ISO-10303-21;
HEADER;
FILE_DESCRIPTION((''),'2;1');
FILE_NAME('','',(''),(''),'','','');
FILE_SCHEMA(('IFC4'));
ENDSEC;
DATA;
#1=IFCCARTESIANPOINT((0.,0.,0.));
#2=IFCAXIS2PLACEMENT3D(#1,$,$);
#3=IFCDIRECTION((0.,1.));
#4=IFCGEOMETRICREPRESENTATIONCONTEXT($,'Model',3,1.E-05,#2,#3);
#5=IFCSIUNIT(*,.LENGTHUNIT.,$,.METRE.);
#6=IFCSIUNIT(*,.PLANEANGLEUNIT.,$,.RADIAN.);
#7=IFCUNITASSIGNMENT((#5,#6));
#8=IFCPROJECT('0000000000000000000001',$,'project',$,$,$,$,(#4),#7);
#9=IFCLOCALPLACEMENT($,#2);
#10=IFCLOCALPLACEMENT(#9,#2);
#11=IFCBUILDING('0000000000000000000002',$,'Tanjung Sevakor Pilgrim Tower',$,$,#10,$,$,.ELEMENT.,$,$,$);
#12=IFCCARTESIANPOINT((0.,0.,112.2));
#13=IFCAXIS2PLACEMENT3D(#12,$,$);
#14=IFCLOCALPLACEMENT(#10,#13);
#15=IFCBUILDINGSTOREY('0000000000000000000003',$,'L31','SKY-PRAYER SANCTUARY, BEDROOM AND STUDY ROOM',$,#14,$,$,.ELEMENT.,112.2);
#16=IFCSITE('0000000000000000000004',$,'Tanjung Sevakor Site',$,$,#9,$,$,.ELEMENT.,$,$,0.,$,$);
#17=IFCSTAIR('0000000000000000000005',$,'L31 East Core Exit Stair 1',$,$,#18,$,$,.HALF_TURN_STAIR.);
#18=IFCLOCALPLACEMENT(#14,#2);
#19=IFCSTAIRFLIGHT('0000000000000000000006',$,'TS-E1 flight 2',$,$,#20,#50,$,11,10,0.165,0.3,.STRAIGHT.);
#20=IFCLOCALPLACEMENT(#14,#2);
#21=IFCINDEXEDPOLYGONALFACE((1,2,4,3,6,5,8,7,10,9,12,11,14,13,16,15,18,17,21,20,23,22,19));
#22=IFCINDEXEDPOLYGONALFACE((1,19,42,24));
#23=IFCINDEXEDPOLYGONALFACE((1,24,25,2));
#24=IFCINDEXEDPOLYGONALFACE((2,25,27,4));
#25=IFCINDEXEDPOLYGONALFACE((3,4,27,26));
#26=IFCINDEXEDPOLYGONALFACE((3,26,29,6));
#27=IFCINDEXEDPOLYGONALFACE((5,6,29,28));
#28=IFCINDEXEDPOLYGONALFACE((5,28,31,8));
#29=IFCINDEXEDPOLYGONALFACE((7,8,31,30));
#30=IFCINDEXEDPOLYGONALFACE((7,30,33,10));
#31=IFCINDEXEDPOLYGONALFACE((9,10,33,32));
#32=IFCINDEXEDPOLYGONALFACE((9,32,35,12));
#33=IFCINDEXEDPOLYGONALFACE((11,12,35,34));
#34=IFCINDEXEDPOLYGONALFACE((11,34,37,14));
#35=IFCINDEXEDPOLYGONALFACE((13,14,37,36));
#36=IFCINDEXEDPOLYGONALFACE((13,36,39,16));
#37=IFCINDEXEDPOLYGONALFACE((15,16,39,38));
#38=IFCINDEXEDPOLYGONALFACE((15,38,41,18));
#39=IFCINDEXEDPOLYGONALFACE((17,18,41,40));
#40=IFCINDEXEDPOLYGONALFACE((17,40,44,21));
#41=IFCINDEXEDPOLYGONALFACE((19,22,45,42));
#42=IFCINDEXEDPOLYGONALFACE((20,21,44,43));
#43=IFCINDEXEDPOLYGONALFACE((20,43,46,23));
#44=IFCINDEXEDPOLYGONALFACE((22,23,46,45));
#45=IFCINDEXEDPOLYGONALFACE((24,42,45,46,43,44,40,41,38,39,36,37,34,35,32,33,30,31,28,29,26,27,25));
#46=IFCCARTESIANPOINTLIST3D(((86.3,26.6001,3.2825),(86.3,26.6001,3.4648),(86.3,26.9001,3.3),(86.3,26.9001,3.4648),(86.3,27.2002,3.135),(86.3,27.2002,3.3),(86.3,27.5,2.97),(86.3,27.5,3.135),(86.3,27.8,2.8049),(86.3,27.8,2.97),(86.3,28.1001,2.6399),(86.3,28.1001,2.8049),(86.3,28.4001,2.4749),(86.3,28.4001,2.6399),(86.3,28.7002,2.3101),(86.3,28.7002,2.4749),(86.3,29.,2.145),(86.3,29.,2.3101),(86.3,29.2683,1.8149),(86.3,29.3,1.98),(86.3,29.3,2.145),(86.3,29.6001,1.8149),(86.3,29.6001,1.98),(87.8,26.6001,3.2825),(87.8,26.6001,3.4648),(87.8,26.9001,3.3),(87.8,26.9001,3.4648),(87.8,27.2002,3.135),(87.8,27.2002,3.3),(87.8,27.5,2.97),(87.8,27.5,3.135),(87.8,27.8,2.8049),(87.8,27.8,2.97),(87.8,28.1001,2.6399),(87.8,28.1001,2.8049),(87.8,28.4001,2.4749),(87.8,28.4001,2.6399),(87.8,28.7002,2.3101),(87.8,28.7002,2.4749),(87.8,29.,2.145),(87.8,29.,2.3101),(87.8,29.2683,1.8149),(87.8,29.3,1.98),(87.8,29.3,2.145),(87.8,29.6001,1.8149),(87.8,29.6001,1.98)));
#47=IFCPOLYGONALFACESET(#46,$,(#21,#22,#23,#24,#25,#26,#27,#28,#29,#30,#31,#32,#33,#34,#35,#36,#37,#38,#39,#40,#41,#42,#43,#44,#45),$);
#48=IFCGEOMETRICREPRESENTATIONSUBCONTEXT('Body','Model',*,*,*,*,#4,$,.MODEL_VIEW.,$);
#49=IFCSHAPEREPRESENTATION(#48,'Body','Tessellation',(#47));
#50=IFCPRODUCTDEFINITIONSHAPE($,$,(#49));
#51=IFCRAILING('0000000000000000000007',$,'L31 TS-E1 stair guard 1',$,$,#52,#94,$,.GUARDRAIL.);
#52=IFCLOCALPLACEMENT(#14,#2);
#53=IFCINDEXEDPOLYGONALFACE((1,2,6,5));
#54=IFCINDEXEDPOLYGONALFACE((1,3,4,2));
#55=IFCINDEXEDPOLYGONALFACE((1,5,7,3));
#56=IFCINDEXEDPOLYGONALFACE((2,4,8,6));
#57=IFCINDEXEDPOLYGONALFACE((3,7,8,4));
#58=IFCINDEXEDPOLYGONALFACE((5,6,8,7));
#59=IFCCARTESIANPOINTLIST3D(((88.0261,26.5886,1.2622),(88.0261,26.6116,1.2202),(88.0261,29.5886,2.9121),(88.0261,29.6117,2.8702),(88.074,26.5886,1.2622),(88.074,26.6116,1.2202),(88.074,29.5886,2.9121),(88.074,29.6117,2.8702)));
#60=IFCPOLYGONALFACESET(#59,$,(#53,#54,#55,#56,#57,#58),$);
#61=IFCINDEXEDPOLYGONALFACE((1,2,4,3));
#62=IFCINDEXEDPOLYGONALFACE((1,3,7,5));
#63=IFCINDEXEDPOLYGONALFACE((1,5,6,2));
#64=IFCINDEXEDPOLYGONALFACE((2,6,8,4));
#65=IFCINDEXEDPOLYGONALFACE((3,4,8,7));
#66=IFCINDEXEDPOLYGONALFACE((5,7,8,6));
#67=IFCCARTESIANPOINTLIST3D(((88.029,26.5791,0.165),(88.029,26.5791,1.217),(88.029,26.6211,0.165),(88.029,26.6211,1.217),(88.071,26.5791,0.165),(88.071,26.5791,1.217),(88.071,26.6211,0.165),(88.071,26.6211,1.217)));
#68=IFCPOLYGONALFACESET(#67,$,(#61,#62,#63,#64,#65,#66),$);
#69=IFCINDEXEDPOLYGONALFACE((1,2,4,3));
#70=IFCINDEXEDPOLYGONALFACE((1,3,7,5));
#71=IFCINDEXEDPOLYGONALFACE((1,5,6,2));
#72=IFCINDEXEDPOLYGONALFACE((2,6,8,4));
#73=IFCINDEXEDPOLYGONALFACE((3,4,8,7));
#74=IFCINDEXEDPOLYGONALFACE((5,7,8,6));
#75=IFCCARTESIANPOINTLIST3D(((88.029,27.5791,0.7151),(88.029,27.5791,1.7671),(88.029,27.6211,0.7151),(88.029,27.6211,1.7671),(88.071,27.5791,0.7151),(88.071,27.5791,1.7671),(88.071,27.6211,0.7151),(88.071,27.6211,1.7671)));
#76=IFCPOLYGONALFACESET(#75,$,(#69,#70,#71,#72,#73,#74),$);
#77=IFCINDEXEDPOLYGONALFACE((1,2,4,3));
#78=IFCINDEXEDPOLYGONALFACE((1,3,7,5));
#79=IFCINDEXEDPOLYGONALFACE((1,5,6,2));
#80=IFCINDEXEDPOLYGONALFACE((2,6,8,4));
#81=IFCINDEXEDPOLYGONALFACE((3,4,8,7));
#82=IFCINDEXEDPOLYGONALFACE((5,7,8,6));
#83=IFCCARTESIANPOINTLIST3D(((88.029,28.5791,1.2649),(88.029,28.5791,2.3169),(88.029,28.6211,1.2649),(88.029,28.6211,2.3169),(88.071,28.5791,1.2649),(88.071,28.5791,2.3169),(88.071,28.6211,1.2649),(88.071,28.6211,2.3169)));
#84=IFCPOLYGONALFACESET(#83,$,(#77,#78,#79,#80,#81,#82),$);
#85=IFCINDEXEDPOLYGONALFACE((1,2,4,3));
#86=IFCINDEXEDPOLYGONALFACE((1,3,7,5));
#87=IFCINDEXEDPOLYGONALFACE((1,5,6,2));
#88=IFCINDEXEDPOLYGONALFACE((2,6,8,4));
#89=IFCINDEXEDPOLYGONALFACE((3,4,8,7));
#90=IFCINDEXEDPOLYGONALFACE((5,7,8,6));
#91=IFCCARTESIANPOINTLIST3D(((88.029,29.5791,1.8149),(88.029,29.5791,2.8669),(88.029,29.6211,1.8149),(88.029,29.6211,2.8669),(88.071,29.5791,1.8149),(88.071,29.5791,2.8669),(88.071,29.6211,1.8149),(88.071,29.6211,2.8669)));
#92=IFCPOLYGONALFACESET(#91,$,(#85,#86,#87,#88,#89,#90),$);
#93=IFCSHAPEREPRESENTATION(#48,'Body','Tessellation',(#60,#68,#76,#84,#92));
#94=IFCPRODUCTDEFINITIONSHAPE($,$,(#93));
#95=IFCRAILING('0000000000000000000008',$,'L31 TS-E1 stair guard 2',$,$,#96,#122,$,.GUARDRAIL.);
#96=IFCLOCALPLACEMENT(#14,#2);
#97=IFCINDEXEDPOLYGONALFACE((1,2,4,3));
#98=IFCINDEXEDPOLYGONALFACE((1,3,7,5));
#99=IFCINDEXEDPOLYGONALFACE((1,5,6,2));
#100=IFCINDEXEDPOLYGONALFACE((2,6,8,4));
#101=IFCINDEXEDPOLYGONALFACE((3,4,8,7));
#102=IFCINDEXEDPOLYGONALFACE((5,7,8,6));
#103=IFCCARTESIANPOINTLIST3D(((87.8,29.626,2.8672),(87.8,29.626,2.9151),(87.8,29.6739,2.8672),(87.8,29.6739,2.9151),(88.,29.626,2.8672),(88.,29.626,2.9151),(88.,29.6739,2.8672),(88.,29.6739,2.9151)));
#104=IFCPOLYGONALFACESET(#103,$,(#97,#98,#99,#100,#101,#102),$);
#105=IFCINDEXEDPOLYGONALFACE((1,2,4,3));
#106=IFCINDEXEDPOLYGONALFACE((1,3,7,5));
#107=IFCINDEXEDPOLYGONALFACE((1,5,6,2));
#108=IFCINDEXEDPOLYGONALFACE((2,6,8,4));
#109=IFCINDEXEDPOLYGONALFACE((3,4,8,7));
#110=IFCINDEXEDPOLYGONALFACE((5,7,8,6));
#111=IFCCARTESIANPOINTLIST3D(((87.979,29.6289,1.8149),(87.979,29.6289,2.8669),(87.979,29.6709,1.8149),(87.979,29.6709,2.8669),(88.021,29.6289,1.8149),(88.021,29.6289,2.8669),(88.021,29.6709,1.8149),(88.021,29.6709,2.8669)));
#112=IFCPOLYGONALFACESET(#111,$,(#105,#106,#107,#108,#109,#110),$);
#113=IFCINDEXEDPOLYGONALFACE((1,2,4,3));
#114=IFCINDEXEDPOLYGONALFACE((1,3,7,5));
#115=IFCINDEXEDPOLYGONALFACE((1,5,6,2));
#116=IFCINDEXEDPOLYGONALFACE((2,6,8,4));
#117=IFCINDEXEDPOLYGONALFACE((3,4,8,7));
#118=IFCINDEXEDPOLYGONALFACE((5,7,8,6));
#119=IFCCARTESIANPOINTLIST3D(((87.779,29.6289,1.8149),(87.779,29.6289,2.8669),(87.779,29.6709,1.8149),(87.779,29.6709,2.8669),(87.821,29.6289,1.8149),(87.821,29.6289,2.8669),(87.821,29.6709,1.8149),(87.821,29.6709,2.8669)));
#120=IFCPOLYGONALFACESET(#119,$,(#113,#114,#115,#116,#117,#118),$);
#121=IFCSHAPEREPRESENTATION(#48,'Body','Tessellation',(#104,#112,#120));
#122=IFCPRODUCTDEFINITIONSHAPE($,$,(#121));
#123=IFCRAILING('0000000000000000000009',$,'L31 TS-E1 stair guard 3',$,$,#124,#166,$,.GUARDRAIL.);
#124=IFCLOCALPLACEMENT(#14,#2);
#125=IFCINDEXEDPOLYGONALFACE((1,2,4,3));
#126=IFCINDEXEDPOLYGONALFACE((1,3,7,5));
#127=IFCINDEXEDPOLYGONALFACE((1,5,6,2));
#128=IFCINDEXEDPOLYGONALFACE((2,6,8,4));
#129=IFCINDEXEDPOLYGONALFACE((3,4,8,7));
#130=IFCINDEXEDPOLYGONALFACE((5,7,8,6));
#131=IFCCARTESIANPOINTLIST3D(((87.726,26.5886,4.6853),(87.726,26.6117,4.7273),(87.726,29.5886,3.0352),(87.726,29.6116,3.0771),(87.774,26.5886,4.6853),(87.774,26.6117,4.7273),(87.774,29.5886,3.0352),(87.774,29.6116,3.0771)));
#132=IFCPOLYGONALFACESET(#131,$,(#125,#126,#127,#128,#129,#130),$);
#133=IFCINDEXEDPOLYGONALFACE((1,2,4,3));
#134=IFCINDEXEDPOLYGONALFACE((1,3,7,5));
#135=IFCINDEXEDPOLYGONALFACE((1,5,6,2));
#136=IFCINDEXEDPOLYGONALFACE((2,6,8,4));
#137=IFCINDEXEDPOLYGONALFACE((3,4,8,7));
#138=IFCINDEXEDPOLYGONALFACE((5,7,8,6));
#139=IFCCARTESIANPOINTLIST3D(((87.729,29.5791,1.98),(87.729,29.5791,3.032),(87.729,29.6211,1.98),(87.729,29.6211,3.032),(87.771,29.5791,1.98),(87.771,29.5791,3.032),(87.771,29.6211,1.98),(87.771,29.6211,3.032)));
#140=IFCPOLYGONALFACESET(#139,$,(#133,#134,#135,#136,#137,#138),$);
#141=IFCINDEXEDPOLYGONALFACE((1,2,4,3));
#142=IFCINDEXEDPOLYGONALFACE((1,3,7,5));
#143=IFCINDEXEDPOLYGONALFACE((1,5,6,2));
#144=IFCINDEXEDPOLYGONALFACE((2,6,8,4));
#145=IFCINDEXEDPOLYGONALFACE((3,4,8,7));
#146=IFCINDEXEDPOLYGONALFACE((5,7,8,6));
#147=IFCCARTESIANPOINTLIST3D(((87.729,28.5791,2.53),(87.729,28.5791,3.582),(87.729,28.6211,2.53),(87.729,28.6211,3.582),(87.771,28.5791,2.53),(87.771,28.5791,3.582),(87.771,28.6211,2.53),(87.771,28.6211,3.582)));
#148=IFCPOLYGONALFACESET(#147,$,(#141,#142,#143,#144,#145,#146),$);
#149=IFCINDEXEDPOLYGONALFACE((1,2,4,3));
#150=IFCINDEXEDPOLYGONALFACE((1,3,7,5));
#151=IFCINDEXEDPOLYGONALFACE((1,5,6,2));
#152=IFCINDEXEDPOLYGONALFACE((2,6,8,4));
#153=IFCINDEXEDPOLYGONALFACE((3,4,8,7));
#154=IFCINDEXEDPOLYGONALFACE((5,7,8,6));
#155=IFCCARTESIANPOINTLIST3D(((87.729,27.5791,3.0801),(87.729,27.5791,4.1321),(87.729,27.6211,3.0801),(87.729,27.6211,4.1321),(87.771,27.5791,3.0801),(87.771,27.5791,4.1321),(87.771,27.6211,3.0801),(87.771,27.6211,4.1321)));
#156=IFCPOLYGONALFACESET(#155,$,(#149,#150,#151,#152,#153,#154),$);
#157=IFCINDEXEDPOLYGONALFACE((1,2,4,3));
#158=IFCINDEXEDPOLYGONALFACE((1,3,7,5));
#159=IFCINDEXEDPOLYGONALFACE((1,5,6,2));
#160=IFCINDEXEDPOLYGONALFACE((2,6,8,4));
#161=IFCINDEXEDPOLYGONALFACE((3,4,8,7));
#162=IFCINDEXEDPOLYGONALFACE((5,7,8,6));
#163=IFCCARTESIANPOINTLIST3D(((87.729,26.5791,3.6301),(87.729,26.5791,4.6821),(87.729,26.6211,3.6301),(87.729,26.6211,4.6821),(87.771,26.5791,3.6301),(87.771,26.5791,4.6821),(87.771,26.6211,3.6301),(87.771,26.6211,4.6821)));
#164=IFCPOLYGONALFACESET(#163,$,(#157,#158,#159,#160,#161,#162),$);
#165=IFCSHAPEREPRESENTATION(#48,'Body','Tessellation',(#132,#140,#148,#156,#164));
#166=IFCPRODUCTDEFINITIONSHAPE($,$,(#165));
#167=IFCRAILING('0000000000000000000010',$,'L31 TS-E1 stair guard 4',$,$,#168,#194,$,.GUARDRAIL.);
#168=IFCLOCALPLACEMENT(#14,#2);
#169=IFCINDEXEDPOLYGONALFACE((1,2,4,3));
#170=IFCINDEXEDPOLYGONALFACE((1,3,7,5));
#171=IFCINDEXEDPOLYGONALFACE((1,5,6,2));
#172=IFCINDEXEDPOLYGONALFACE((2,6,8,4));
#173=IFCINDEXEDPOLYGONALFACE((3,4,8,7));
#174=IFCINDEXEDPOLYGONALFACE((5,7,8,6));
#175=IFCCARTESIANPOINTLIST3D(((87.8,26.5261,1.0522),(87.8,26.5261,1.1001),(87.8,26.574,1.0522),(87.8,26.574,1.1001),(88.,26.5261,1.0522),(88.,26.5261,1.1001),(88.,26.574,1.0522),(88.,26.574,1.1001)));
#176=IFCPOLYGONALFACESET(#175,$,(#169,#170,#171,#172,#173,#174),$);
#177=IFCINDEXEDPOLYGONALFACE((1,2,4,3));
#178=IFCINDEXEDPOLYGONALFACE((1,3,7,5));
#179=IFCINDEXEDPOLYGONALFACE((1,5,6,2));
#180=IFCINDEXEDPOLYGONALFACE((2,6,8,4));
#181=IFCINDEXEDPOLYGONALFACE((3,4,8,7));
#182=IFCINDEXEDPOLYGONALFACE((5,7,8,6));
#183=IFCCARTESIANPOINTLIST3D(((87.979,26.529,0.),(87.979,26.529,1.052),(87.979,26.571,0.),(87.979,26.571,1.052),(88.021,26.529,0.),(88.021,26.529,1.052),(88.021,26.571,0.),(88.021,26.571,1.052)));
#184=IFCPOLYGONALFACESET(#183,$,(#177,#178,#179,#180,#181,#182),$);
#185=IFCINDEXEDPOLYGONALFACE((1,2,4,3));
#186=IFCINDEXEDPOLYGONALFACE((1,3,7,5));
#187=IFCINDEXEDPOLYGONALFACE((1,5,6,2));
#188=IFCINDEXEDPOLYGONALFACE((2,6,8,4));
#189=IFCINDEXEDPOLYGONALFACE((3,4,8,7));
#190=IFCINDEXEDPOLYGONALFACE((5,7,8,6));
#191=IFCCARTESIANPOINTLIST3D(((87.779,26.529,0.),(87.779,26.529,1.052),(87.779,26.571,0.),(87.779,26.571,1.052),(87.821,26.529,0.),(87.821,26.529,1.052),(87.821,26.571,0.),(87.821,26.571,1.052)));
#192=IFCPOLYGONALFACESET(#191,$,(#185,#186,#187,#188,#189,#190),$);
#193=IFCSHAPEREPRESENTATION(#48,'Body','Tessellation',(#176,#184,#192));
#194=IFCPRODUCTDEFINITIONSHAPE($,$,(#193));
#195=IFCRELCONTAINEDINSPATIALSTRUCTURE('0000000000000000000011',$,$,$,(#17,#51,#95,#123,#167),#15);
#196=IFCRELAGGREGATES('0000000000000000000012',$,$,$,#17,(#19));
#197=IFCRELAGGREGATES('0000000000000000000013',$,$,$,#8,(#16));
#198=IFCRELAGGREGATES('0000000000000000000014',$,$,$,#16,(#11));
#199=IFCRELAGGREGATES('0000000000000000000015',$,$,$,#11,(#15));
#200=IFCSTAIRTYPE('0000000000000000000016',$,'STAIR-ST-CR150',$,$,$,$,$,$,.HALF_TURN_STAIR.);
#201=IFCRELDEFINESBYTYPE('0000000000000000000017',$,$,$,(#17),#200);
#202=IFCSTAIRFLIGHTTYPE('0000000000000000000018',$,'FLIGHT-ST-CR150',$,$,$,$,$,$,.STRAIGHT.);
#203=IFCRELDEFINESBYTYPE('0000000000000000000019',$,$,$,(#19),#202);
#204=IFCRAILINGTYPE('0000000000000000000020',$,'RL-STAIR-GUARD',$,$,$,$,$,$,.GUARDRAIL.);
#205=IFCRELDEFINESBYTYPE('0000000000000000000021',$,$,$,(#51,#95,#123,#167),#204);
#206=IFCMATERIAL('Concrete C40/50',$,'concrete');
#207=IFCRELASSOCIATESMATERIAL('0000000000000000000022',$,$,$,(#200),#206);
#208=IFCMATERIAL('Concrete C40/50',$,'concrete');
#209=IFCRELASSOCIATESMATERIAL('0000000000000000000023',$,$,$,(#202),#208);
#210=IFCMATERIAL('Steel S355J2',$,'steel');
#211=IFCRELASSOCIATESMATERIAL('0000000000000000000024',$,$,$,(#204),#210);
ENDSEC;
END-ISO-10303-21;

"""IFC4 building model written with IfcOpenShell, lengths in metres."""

from ifc_helpers import new_model, si_unit, direction, frame, origin, place, context, subcontext, project, spatial, polyline, rectangle, outline, extrude, material, type_object, element, aggregate, save


model = new_model("IFC4")

# Units and contexts
model_context = context("Model", 3, precision=1e-05, world=origin(), true_north=direction((0.0, 1.0)))
body_context = subcontext(model_context, "Body", "Model", "MODEL_VIEW")
ifc_project = project(units=[si_unit("LENGTHUNIT", "METRE"), si_unit("PLANEANGLEUNIT", "RADIAN")], contexts=[model_context])

# Site, building, storey
site_placement = place(None, origin())
site = spatial("IfcSite", under=ifc_project, at=site_placement, Name="Tanjung Sevakor Site", CompositionType="ELEMENT", RefElevation=0.0)
building_placement = place(site_placement, origin())
building = spatial("IfcBuilding", under=site, at=building_placement, Name="Tanjung Sevakor Pilgrim Tower", CompositionType="ELEMENT")
storey_placement = place(building_placement, frame((0.0, 0.0, 112.2)))
storey = spatial("IfcBuildingStorey", under=building, at=storey_placement, Name="L31", Description="SKY-PRAYER SANCTUARY, BEDROOM AND STUDY ROOM", CompositionType="ELEMENT", Elevation=112.2)

# Stair, stair flight
ifc_material_1 = material(Name="Concrete C40/50", Category="concrete")
stair_type = type_object("IfcStairType", Name="STAIR-ST-CR150", PredefinedType="HALF_TURN_STAIR", material=ifc_material_1)
stair_placement = place(storey_placement, origin())
stair = element("IfcStair", 1, at=stair_placement, inside=storey, type_object=stair_type, Name="L31 East Core Exit Stair 1", PredefinedType="HALF_TURN_STAIR")
ifc_material_2 = material(Name="Concrete C40/50", Category="concrete")
stair_flight_type = type_object("IfcStairFlightType", Name="FLIGHT-ST-CR150", PredefinedType="STRAIGHT", material=ifc_material_2)
stair_flight_1_placement = place(storey_placement, frame((87.05, 29.6001, 1.8149), z_axis=(0.0, 0.0, 1.0), x_axis=(0.0, -1.0, 0.0)))
stair_flight_1 = element("IfcStairFlight", 2, at=stair_flight_1_placement, type_object=stair_flight_type, Name="TS-E1 flight 2", NumberOfRisers=11, NumberOfTreads=10, PredefinedType="STRAIGHT", RiserHeight=0.165, TreadLength=0.3, context=body_context, shape_type="SweptSolid", body=[
    extrude(outline(polyline([(0.0, 0.0), (0.0, 0.165), (0.3, 0.165), (0.3, 0.3301), (0.6001, 0.3301), (0.6001, 0.4951), (0.8999, 0.4951), (0.8999, 0.6599), (1.2, 0.6599), (1.2, 0.825), (1.5, 0.825), (1.5, 0.99), (1.8, 0.99), (1.8, 1.155), (2.1001, 1.155), (2.1001, 1.3201), (2.3999, 1.3201), (2.3999, 1.4851), (2.7, 1.4851), (2.7, 1.6499), (3.0, 1.6499), (3.0, 1.8149), (3.0, 1.4675), (0.3318, 0.0), (0.0, 0.0)])), frame((0.0, 0.75, 0.0), z_axis=(0.0, -1.0, 0.0), x_axis=(1.0, 0.0, 0.0)), (0.0, 0.0, 1.0), 1.5),
])
aggregate(stair, [stair_flight_1])

# Railings
ifc_material_3 = material(Name="Steel S355J2", Category="steel")
railing_type_1 = type_object("IfcRailingType", Name="RL-STAIR-GUARD", PredefinedType="GUARDRAIL", material=ifc_material_3)
railing_1_placement = place(storey_placement, frame((88.05, 26.6001, 0.165)))
element("IfcRailing", 3, at=railing_1_placement, inside=storey, type_object=railing_type_1, Name="L31 TS-E1 stair guard 1", PredefinedType="GUARDRAIL", context=body_context, shape_type="SweptSolid", body=[
    extrude(rectangle(XDim=0.0479, YDim=0.0479), frame((0.0, 0.0, 1.0762), z_axis=(0.0, 0.876228, 0.481897), x_axis=(-1.0, 0.0, 0.0)), (0.0, 0.0, 1.0), 3.4238),
    extrude(rectangle(XDim=0.042, YDim=0.042), origin(), (0.0, 0.0, 1.0), 1.052),
    extrude(rectangle(XDim=0.042, YDim=0.042), frame((0.0, 1.0, 0.55)), (0.0, 0.0, 1.0), 1.052),
    extrude(rectangle(XDim=0.042, YDim=0.042), frame((0.0, 2.0, 1.0999)), (0.0, 0.0, 1.0), 1.052),
    extrude(rectangle(XDim=0.042, YDim=0.042), frame((0.0, 3.0, 1.6499)), (0.0, 0.0, 1.0), 1.052),
])
railing_2_placement = place(storey_placement, frame((88.0, 29.6499, 1.8149)))
element("IfcRailing", 4, at=railing_2_placement, inside=storey, type_object=railing_type_1, Name="L31 TS-E1 stair guard 2", PredefinedType="GUARDRAIL", context=body_context, shape_type="SweptSolid", body=[
    extrude(rectangle(XDim=0.0479, YDim=0.0479), frame((0.0, 0.0, 1.0762), z_axis=(-1.0, 0.0, 0.0), x_axis=(0.0, -1.0, 0.0)), (0.0, 0.0, 1.0), 0.2),
    extrude(rectangle(XDim=0.042, YDim=0.042), origin(), (0.0, 0.0, 1.0), 1.052),
    extrude(rectangle(XDim=0.042, YDim=0.042), frame((-0.2, 0.0, 0.0)), (0.0, 0.0, 1.0), 1.052),
])
railing_3_placement = place(storey_placement, frame((87.75, 29.6001, 1.98)))
element("IfcRailing", 5, at=railing_3_placement, inside=storey, type_object=railing_type_1, Name="L31 TS-E1 stair guard 3", PredefinedType="GUARDRAIL", context=body_context, shape_type="SweptSolid", body=[
    extrude(rectangle(XDim=0.0479, YDim=0.0479), frame((0.0, 0.0, 1.0762), z_axis=(0.0, -0.876198, 0.481952), x_axis=(1.0, 0.0, 0.0)), (0.0, 0.0, 1.0), 3.4238),
    extrude(rectangle(XDim=0.042, YDim=0.042), origin(), (0.0, 0.0, 1.0), 1.052),
    extrude(rectangle(XDim=0.042, YDim=0.042), frame((0.0, -1.0, 0.55)), (0.0, 0.0, 1.0), 1.052),
    extrude(rectangle(XDim=0.042, YDim=0.042), frame((0.0, -2.0, 1.1001)), (0.0, 0.0, 1.0), 1.052),
    extrude(rectangle(XDim=0.042, YDim=0.042), frame((0.0, -3.0, 1.6501)), (0.0, 0.0, 1.0), 1.052),
])
railing_4_placement = place(storey_placement, frame((88.0, 26.55, 0.0)))
element("IfcRailing", 6, at=railing_4_placement, inside=storey, type_object=railing_type_1, Name="L31 TS-E1 stair guard 4", PredefinedType="GUARDRAIL", context=body_context, shape_type="SweptSolid", body=[
    extrude(rectangle(XDim=0.0479, YDim=0.0479), frame((0.0, 0.0, 1.0762), z_axis=(-1.0, 0.0, 0.0), x_axis=(0.0, -1.0, 0.0)), (0.0, 0.0, 1.0), 0.2),
    extrude(rectangle(XDim=0.042, YDim=0.042), origin(), (0.0, 0.0, 1.0), 1.052),
    extrude(rectangle(XDim=0.042, YDim=0.042), frame((-0.2, 0.0, 0.0)), (0.0, 0.0, 1.0), 1.052),
])

save(model, "model.ifc")
